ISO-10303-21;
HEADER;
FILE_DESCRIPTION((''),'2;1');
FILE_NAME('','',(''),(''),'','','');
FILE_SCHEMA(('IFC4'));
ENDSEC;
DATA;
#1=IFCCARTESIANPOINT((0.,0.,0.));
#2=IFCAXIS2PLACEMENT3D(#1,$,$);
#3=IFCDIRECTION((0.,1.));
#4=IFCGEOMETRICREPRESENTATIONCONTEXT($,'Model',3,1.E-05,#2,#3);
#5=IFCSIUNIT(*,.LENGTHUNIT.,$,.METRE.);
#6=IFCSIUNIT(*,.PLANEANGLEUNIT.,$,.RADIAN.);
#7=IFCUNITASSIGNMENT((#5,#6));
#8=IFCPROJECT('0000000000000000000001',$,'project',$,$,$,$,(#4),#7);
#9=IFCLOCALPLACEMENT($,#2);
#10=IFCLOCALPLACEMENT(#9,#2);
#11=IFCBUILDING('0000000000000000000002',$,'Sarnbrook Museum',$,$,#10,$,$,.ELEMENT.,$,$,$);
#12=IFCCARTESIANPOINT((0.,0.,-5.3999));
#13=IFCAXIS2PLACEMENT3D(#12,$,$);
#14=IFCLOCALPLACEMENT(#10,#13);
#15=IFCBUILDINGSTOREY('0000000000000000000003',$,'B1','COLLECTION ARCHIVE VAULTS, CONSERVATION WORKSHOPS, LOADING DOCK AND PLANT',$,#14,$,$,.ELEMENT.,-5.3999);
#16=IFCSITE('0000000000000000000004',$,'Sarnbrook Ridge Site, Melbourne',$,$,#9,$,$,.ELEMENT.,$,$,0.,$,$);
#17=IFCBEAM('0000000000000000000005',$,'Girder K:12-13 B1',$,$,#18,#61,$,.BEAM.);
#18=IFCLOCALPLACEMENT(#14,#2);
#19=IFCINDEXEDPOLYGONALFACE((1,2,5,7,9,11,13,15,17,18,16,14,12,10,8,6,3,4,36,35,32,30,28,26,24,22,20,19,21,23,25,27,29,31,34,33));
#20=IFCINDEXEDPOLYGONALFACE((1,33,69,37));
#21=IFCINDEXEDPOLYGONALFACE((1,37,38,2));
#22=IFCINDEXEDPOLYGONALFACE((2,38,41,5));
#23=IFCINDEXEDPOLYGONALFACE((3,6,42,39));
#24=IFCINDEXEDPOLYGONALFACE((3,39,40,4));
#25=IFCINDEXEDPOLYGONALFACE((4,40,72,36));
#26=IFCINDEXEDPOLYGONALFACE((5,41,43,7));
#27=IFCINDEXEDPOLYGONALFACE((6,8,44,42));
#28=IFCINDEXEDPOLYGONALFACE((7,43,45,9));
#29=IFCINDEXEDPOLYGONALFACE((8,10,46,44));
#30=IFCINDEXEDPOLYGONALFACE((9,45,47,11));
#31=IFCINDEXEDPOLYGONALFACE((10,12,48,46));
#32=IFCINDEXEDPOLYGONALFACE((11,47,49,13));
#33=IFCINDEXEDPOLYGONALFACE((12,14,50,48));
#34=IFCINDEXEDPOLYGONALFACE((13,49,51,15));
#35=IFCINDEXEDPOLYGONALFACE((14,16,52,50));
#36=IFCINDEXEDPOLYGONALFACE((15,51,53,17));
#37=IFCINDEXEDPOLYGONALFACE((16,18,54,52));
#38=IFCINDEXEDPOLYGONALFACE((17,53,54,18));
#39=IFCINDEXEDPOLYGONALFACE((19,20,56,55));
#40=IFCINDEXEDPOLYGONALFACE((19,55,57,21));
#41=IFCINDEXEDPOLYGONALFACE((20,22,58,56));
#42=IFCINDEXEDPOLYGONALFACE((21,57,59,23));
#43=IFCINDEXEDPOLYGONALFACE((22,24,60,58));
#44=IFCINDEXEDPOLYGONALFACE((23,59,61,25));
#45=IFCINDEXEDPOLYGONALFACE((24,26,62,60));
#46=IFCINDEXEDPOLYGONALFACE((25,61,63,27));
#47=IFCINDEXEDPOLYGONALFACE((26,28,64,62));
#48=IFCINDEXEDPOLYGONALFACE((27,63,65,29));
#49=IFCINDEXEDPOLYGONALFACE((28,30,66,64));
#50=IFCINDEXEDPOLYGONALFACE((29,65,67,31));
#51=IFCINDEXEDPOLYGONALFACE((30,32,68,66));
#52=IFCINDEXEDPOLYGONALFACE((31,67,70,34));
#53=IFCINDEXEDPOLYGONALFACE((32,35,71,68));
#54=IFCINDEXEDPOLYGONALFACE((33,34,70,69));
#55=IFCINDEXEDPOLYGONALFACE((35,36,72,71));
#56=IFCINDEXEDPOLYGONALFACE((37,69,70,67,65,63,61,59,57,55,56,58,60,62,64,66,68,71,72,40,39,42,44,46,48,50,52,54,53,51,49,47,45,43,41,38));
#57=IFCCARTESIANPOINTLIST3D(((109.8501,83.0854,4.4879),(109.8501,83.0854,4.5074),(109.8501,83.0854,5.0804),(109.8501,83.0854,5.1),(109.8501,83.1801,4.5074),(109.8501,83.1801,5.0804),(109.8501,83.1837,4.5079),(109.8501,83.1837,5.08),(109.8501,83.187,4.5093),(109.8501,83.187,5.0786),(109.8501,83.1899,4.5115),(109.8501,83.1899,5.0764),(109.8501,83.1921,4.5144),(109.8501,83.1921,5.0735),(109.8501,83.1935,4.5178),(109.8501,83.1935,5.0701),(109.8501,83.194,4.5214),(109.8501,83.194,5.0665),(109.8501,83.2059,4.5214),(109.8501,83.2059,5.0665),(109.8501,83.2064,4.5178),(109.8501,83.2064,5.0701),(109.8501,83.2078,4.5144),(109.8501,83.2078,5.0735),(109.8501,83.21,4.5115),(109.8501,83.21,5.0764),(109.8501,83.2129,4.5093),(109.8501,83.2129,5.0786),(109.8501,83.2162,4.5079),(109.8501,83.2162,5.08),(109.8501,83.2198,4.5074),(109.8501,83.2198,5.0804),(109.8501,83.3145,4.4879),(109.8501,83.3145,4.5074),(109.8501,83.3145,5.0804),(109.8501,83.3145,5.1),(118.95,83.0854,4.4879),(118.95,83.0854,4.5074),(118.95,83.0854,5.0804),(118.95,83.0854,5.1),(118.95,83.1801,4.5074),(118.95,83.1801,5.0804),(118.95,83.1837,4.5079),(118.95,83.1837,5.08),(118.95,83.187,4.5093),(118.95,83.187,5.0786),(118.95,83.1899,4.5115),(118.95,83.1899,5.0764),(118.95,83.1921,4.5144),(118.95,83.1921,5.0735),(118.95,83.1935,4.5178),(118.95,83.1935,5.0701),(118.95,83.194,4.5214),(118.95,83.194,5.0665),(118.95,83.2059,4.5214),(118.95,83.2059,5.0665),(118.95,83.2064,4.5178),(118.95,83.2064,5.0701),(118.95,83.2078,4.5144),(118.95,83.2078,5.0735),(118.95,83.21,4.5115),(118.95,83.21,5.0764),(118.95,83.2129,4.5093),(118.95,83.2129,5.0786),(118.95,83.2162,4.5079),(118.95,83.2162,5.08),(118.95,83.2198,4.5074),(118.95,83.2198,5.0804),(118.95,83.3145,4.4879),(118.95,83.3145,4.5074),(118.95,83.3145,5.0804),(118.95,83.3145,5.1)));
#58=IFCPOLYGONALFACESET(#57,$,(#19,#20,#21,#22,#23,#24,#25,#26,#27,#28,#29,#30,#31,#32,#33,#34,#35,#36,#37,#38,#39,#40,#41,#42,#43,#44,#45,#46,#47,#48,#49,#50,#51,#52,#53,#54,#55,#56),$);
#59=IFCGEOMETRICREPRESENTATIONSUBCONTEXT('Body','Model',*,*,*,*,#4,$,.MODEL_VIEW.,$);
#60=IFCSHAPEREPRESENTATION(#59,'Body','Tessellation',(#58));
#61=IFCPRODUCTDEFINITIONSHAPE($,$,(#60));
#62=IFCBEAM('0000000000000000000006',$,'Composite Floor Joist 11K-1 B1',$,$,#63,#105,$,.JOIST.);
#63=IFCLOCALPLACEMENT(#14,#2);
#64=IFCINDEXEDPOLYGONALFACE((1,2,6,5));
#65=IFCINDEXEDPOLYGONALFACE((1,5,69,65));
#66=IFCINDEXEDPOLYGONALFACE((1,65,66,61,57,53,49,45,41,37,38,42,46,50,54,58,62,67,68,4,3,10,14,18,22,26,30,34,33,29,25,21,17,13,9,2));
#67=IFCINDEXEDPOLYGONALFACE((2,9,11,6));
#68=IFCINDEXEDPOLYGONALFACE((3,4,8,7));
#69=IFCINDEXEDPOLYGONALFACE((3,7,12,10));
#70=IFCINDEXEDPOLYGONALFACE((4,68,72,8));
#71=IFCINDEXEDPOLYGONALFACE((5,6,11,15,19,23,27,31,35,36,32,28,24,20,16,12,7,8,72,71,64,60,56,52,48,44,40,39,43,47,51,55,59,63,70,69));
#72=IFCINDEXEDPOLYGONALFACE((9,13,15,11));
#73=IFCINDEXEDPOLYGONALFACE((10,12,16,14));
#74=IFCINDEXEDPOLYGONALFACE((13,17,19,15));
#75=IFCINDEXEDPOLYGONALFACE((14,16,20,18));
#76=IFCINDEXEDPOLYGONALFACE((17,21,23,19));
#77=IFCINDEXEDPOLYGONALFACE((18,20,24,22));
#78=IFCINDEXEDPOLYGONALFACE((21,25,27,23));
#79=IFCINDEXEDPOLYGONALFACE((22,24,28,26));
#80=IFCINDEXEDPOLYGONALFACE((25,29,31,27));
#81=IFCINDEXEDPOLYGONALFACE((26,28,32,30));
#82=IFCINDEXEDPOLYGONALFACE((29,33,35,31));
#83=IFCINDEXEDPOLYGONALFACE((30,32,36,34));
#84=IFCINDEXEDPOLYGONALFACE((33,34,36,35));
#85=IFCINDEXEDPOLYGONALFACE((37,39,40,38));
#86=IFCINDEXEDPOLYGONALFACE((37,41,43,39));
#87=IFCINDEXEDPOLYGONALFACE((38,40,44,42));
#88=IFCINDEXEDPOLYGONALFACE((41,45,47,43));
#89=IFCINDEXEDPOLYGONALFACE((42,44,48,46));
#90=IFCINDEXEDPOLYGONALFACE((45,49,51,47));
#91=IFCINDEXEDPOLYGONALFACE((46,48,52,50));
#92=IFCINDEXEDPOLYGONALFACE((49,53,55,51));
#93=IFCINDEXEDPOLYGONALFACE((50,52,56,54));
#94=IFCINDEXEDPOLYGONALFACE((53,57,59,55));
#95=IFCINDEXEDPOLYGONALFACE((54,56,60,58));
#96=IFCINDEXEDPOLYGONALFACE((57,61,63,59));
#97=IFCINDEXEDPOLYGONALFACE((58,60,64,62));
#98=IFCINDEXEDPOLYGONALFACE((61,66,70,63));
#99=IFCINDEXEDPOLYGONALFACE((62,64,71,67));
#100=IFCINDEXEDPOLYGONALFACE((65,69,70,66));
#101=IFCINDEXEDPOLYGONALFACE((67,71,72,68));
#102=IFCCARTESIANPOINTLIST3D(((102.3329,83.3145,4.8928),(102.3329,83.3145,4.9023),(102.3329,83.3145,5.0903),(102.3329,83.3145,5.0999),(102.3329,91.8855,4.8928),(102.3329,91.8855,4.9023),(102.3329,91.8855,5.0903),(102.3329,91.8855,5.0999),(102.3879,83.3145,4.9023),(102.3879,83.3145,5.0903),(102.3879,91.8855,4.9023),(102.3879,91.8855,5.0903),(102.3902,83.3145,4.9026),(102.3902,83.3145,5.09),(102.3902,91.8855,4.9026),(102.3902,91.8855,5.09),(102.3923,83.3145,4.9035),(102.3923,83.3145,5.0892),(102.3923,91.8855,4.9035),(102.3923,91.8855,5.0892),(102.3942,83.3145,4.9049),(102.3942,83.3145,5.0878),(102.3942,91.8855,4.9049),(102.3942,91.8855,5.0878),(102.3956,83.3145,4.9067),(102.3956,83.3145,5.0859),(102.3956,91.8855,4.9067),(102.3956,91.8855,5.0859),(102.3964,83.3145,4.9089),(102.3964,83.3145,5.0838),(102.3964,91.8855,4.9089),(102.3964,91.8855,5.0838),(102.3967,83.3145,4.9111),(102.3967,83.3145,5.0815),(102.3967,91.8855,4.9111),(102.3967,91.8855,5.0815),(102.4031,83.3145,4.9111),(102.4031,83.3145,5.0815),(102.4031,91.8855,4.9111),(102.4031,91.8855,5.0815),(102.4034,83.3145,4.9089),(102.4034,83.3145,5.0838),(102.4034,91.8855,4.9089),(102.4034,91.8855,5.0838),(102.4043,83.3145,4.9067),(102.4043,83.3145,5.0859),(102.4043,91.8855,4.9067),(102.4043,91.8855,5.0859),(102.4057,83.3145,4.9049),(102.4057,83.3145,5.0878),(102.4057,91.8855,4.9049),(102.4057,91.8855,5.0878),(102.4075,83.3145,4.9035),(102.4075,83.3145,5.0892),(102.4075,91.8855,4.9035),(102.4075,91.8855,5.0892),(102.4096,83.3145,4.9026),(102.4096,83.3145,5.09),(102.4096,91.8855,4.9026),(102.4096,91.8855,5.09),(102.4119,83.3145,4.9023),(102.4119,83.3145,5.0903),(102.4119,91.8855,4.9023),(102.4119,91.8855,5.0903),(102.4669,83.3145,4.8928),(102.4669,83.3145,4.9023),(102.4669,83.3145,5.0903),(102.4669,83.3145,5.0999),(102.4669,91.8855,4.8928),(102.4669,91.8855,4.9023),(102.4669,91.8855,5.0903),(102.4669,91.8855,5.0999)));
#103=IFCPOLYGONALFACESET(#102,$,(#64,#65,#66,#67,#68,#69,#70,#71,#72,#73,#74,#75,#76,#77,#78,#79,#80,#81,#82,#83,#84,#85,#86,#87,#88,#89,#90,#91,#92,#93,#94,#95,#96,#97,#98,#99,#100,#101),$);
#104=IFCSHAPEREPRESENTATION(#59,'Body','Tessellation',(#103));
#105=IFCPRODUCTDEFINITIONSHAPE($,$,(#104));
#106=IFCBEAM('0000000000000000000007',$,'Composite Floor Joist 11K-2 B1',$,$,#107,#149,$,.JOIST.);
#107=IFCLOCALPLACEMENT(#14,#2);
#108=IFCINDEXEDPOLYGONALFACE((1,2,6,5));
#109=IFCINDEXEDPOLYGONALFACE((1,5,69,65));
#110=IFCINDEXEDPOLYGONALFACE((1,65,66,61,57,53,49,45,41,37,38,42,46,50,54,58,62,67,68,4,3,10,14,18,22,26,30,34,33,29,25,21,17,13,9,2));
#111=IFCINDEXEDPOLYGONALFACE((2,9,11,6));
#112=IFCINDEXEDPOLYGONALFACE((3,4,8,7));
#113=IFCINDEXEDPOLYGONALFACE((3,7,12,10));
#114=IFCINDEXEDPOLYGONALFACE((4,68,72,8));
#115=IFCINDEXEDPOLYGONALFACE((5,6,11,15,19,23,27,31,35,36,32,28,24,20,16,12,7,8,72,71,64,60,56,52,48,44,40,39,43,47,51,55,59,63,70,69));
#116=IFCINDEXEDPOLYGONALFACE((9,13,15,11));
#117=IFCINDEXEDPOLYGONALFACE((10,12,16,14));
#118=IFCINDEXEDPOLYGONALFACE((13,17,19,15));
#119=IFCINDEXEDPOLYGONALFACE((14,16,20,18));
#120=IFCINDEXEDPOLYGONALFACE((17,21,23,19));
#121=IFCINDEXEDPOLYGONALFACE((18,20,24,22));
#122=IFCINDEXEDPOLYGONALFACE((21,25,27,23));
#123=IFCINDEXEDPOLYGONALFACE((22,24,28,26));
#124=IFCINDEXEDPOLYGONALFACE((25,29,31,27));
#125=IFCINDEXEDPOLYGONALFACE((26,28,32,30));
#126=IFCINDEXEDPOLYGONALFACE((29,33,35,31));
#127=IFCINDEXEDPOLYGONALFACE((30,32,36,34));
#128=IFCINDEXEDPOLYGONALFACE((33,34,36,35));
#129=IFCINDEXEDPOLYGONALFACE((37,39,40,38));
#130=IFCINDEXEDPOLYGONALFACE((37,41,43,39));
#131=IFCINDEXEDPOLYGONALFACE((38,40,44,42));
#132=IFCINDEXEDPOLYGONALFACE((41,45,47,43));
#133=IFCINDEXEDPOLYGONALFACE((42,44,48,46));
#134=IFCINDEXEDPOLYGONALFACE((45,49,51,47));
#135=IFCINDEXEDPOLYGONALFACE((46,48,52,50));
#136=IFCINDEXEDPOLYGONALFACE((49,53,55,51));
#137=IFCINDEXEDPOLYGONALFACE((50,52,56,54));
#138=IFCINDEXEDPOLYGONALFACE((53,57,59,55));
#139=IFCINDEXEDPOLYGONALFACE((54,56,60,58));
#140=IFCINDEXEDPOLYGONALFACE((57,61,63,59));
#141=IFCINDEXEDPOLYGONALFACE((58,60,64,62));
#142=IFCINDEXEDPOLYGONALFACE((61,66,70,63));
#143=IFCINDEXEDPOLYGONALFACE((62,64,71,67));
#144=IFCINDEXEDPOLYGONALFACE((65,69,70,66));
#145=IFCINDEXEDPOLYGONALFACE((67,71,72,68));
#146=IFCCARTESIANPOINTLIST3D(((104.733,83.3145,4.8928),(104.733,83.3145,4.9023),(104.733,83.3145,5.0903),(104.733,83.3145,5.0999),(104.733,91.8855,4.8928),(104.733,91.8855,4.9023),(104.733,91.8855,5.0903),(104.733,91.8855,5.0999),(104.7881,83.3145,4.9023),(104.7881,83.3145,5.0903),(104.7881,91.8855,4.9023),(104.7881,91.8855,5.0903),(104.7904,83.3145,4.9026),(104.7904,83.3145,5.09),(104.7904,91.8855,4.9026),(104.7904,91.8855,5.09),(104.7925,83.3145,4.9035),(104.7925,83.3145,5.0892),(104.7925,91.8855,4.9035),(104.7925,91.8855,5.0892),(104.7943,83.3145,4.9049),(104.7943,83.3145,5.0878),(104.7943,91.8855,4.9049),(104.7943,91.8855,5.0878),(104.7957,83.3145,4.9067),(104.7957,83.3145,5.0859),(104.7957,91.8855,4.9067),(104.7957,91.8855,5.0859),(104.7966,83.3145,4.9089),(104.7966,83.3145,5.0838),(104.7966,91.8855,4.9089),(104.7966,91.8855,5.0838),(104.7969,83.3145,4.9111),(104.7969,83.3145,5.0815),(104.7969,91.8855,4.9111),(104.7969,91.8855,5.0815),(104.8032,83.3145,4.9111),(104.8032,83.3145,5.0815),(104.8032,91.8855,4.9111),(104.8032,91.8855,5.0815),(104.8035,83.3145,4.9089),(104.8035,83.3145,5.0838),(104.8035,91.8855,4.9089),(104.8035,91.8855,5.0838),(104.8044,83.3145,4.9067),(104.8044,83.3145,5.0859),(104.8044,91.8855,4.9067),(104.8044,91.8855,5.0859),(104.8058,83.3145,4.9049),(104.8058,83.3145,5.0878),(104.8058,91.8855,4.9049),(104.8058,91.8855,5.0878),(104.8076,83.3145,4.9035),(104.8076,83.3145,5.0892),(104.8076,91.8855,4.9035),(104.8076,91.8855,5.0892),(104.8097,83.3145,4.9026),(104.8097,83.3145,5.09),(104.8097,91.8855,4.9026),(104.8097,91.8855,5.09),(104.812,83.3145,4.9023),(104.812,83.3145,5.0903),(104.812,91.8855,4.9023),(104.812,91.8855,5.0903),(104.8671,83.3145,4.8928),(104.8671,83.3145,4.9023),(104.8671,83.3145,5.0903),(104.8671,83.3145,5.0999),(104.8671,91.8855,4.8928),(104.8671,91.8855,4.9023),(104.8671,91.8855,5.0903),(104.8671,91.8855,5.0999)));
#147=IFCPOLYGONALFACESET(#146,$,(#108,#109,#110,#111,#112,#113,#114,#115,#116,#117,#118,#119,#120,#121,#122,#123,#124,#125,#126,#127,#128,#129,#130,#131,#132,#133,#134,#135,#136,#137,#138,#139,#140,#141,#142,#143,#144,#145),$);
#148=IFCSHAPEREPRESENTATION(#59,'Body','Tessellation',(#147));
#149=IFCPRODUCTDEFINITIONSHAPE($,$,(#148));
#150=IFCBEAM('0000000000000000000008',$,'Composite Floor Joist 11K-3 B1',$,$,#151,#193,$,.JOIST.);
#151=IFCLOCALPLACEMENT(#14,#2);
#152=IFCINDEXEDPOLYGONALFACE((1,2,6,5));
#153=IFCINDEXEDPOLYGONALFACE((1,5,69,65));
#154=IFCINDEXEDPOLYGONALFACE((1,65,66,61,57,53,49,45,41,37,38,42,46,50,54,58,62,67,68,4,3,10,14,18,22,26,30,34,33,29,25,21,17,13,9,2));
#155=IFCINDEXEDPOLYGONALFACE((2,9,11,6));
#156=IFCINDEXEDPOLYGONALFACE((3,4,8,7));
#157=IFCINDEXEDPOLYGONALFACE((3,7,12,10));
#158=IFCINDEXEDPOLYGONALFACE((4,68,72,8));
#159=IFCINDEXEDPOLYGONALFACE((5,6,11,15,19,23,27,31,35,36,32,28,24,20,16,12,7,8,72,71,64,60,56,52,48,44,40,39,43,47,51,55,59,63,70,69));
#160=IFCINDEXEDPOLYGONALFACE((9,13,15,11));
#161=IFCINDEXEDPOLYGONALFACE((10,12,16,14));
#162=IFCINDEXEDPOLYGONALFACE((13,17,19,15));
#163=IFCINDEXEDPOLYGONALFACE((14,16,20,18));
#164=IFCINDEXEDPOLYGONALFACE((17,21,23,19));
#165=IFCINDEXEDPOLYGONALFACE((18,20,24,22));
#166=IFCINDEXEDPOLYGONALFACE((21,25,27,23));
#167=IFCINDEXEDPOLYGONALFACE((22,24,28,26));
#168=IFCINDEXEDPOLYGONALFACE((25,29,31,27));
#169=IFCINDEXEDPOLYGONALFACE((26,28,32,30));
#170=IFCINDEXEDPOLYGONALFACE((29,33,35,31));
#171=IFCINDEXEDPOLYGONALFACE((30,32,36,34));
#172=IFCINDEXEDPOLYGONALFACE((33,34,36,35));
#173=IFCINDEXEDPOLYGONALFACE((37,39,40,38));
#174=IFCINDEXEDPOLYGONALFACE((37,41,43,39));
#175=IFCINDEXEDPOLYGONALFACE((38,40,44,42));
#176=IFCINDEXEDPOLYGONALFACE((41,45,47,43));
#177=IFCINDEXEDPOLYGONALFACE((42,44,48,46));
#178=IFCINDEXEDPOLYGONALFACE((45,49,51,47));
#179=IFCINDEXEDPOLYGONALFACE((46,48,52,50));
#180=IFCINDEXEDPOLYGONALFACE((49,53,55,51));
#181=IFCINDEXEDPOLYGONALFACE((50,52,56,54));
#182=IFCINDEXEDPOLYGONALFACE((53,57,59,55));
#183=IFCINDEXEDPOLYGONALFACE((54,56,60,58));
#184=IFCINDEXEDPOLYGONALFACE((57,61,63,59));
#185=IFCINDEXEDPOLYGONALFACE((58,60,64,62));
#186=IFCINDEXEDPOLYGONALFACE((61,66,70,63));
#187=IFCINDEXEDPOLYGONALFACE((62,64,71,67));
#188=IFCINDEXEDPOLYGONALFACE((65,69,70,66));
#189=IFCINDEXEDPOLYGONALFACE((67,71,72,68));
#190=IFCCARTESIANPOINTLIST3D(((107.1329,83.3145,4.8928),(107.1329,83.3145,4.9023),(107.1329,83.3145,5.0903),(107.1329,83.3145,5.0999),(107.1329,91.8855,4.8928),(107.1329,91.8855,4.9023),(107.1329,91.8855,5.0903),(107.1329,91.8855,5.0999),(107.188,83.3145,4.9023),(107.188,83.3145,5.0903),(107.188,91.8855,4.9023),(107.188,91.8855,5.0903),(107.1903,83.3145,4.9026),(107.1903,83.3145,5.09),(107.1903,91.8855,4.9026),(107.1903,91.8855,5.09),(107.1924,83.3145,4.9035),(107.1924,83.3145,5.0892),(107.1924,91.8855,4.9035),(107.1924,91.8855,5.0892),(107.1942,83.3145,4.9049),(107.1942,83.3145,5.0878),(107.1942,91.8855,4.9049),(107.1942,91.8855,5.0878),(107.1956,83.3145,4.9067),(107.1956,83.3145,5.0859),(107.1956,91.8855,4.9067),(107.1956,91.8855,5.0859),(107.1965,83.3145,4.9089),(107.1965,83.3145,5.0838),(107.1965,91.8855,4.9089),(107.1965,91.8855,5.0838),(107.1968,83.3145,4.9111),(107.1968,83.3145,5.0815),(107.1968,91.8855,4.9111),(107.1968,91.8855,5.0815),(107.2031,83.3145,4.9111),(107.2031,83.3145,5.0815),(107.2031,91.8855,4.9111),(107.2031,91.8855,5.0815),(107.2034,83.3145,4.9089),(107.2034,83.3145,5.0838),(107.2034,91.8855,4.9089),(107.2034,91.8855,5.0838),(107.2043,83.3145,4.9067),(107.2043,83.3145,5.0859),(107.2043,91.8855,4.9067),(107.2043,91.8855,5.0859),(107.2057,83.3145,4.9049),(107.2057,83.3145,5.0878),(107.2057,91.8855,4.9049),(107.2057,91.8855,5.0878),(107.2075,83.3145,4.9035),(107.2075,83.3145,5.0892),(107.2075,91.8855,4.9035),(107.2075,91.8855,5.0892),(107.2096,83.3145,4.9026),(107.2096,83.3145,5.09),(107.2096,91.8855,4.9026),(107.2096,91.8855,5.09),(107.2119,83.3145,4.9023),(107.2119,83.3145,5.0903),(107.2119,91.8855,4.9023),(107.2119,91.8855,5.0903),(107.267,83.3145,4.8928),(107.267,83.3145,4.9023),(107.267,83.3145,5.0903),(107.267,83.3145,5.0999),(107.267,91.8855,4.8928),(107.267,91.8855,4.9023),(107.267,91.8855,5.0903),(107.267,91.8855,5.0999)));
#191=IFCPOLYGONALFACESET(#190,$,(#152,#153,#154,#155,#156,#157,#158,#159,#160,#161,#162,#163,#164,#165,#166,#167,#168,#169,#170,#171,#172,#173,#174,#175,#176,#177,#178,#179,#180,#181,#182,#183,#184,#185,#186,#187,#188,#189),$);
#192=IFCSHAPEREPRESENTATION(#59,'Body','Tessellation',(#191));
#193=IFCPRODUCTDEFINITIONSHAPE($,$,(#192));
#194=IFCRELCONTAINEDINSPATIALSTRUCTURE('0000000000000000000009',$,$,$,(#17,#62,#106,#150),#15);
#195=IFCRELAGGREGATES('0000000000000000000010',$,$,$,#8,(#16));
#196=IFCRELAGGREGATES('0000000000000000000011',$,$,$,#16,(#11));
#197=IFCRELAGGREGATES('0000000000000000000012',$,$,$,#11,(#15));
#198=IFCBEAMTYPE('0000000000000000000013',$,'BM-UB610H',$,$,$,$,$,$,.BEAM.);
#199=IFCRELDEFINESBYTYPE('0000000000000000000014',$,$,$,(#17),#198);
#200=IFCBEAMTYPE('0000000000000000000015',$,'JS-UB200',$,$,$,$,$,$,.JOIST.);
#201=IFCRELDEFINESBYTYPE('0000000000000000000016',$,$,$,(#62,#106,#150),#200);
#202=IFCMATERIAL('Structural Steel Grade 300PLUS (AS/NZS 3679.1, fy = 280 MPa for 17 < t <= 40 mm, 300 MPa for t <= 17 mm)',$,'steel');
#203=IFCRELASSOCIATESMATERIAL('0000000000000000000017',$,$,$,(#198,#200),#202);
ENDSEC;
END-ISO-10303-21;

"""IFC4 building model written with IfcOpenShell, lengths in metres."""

from ifc_helpers import new_model, si_unit, direction, frame, origin, origin_2d, place, context, subcontext, project, spatial, i_section, extrude, material, material_profile, profile_set, type_object, element, save


model = new_model("IFC4")

# Units and contexts
model_context = context("Model", 3, precision=1e-05, world=origin(), true_north=direction((0.0, 1.0)))
body_context = subcontext(model_context, "Body", "Model", "MODEL_VIEW")
ifc_project = project(units=[si_unit("LENGTHUNIT", "METRE"), si_unit("PLANEANGLEUNIT", "RADIAN")], contexts=[model_context])

# Site, building, storey
site_placement = place(None, origin())
site = spatial("IfcSite", under=ifc_project, at=site_placement, Name="Sarnbrook Ridge Site, Melbourne", CompositionType="ELEMENT", RefElevation=0.0)
building_placement = place(site_placement, origin())
building = spatial("IfcBuilding", under=site, at=building_placement, Name="Sarnbrook Museum", CompositionType="ELEMENT")
storey_placement = place(building_placement, frame((0.0, 0.0, -5.3999)))
storey = spatial("IfcBuildingStorey", under=building, at=storey_placement, Name="B1", Description="COLLECTION ARCHIVE VAULTS, CONSERVATION WORKSHOPS, LOADING DOCK AND PLANT", CompositionType="ELEMENT", Elevation=-5.3999)

# Beams
ifc_material_1 = material(Name="Structural Steel Grade 300PLUS (AS/NZS 3679.1, fy = 280 MPa for 17 < t <= 40 mm, 300 MPa for t <= 17 mm)", Category="steel")
ifc_material_profile_1 = material_profile(ifc_material_1, i_section(OverallWidth=0.229, OverallDepth=0.6121, WebThickness=0.012, FlangeThickness=0.0195, FilletRadius=0.0139, at=origin_2d()), Name="610UB125")
ifc_profile_set_1 = profile_set([ifc_material_profile_1], Name="Structural Steel Grade 300PLUS (AS/NZS 3679.1, fy = 280 MPa for 17 < t <= 40 mm, 300 MPa for t <= 17 mm)")
beam_type_1 = type_object("IfcBeamType", Name="BM-UB610H", PredefinedType="BEAM", material=ifc_profile_set_1)
beam_1_placement = place(storey_placement, frame((109.8501, 83.2, 4.7939), z_axis=(1.0, 0.0, 0.0), x_axis=(0.0, 1.0, 0.0)))
element("IfcBeam", 1, at=beam_1_placement, inside=storey, type_object=beam_type_1, Name="Girder K:12-13 B1", PredefinedType="BEAM", context=body_context, shape_type="SweptSolid", body=[
    extrude(i_section(OverallWidth=0.229, OverallDepth=0.6121, WebThickness=0.012, FlangeThickness=0.0195, FilletRadius=0.0139, at=origin_2d()), origin(), (0.0, 0.0, 1.0), 9.0999),
])
ifc_material_profile_2 = material_profile(ifc_material_1, i_section(OverallWidth=0.134, OverallDepth=0.207, WebThickness=0.0063, FlangeThickness=0.0095, FilletRadius=0.0088, at=origin_2d()), Name="200UB29.8")
ifc_profile_set_2 = profile_set([ifc_material_profile_2], Name="Structural Steel Grade 300PLUS (AS/NZS 3679.1, fy = 280 MPa for 17 < t <= 40 mm, 300 MPa for t <= 17 mm)")
beam_type_2 = type_object("IfcBeamType", Name="JS-UB200", PredefinedType="JOIST", material=ifc_profile_set_2)
for number, where, z_axis, x_axis, name in (
    (2, (102.3999, 83.3145, 4.9963), (0.0, 1.0, 0.0), (-1.0, 0.0, 0.0), "Composite Floor Joist 11K-1 B1"),
    (3, (104.8, 83.3145, 4.9963), (0.0, 1.0, 0.0), (-1.0, 0.0, 0.0), "Composite Floor Joist 11K-2 B1"),
    (4, (107.2, 83.3145, 4.9963), (0.0, 1.0, 0.0), (-1.0, 0.0, 0.0), "Composite Floor Joist 11K-3 B1"),
):
    element("IfcBeam", number, at=place(storey_placement, frame(where, z_axis=z_axis, x_axis=x_axis)), inside=storey, type_object=beam_type_2, Name=name, PredefinedType="JOIST", context=body_context, shape_type="SweptSolid", body=[
        extrude(i_section(OverallWidth=0.134, OverallDepth=0.207, WebThickness=0.0063, FlangeThickness=0.0095, FilletRadius=0.0088, at=origin_2d()), origin(), (0.0, 0.0, 1.0), 8.571),
    ])

save(model, "model.ifc")
